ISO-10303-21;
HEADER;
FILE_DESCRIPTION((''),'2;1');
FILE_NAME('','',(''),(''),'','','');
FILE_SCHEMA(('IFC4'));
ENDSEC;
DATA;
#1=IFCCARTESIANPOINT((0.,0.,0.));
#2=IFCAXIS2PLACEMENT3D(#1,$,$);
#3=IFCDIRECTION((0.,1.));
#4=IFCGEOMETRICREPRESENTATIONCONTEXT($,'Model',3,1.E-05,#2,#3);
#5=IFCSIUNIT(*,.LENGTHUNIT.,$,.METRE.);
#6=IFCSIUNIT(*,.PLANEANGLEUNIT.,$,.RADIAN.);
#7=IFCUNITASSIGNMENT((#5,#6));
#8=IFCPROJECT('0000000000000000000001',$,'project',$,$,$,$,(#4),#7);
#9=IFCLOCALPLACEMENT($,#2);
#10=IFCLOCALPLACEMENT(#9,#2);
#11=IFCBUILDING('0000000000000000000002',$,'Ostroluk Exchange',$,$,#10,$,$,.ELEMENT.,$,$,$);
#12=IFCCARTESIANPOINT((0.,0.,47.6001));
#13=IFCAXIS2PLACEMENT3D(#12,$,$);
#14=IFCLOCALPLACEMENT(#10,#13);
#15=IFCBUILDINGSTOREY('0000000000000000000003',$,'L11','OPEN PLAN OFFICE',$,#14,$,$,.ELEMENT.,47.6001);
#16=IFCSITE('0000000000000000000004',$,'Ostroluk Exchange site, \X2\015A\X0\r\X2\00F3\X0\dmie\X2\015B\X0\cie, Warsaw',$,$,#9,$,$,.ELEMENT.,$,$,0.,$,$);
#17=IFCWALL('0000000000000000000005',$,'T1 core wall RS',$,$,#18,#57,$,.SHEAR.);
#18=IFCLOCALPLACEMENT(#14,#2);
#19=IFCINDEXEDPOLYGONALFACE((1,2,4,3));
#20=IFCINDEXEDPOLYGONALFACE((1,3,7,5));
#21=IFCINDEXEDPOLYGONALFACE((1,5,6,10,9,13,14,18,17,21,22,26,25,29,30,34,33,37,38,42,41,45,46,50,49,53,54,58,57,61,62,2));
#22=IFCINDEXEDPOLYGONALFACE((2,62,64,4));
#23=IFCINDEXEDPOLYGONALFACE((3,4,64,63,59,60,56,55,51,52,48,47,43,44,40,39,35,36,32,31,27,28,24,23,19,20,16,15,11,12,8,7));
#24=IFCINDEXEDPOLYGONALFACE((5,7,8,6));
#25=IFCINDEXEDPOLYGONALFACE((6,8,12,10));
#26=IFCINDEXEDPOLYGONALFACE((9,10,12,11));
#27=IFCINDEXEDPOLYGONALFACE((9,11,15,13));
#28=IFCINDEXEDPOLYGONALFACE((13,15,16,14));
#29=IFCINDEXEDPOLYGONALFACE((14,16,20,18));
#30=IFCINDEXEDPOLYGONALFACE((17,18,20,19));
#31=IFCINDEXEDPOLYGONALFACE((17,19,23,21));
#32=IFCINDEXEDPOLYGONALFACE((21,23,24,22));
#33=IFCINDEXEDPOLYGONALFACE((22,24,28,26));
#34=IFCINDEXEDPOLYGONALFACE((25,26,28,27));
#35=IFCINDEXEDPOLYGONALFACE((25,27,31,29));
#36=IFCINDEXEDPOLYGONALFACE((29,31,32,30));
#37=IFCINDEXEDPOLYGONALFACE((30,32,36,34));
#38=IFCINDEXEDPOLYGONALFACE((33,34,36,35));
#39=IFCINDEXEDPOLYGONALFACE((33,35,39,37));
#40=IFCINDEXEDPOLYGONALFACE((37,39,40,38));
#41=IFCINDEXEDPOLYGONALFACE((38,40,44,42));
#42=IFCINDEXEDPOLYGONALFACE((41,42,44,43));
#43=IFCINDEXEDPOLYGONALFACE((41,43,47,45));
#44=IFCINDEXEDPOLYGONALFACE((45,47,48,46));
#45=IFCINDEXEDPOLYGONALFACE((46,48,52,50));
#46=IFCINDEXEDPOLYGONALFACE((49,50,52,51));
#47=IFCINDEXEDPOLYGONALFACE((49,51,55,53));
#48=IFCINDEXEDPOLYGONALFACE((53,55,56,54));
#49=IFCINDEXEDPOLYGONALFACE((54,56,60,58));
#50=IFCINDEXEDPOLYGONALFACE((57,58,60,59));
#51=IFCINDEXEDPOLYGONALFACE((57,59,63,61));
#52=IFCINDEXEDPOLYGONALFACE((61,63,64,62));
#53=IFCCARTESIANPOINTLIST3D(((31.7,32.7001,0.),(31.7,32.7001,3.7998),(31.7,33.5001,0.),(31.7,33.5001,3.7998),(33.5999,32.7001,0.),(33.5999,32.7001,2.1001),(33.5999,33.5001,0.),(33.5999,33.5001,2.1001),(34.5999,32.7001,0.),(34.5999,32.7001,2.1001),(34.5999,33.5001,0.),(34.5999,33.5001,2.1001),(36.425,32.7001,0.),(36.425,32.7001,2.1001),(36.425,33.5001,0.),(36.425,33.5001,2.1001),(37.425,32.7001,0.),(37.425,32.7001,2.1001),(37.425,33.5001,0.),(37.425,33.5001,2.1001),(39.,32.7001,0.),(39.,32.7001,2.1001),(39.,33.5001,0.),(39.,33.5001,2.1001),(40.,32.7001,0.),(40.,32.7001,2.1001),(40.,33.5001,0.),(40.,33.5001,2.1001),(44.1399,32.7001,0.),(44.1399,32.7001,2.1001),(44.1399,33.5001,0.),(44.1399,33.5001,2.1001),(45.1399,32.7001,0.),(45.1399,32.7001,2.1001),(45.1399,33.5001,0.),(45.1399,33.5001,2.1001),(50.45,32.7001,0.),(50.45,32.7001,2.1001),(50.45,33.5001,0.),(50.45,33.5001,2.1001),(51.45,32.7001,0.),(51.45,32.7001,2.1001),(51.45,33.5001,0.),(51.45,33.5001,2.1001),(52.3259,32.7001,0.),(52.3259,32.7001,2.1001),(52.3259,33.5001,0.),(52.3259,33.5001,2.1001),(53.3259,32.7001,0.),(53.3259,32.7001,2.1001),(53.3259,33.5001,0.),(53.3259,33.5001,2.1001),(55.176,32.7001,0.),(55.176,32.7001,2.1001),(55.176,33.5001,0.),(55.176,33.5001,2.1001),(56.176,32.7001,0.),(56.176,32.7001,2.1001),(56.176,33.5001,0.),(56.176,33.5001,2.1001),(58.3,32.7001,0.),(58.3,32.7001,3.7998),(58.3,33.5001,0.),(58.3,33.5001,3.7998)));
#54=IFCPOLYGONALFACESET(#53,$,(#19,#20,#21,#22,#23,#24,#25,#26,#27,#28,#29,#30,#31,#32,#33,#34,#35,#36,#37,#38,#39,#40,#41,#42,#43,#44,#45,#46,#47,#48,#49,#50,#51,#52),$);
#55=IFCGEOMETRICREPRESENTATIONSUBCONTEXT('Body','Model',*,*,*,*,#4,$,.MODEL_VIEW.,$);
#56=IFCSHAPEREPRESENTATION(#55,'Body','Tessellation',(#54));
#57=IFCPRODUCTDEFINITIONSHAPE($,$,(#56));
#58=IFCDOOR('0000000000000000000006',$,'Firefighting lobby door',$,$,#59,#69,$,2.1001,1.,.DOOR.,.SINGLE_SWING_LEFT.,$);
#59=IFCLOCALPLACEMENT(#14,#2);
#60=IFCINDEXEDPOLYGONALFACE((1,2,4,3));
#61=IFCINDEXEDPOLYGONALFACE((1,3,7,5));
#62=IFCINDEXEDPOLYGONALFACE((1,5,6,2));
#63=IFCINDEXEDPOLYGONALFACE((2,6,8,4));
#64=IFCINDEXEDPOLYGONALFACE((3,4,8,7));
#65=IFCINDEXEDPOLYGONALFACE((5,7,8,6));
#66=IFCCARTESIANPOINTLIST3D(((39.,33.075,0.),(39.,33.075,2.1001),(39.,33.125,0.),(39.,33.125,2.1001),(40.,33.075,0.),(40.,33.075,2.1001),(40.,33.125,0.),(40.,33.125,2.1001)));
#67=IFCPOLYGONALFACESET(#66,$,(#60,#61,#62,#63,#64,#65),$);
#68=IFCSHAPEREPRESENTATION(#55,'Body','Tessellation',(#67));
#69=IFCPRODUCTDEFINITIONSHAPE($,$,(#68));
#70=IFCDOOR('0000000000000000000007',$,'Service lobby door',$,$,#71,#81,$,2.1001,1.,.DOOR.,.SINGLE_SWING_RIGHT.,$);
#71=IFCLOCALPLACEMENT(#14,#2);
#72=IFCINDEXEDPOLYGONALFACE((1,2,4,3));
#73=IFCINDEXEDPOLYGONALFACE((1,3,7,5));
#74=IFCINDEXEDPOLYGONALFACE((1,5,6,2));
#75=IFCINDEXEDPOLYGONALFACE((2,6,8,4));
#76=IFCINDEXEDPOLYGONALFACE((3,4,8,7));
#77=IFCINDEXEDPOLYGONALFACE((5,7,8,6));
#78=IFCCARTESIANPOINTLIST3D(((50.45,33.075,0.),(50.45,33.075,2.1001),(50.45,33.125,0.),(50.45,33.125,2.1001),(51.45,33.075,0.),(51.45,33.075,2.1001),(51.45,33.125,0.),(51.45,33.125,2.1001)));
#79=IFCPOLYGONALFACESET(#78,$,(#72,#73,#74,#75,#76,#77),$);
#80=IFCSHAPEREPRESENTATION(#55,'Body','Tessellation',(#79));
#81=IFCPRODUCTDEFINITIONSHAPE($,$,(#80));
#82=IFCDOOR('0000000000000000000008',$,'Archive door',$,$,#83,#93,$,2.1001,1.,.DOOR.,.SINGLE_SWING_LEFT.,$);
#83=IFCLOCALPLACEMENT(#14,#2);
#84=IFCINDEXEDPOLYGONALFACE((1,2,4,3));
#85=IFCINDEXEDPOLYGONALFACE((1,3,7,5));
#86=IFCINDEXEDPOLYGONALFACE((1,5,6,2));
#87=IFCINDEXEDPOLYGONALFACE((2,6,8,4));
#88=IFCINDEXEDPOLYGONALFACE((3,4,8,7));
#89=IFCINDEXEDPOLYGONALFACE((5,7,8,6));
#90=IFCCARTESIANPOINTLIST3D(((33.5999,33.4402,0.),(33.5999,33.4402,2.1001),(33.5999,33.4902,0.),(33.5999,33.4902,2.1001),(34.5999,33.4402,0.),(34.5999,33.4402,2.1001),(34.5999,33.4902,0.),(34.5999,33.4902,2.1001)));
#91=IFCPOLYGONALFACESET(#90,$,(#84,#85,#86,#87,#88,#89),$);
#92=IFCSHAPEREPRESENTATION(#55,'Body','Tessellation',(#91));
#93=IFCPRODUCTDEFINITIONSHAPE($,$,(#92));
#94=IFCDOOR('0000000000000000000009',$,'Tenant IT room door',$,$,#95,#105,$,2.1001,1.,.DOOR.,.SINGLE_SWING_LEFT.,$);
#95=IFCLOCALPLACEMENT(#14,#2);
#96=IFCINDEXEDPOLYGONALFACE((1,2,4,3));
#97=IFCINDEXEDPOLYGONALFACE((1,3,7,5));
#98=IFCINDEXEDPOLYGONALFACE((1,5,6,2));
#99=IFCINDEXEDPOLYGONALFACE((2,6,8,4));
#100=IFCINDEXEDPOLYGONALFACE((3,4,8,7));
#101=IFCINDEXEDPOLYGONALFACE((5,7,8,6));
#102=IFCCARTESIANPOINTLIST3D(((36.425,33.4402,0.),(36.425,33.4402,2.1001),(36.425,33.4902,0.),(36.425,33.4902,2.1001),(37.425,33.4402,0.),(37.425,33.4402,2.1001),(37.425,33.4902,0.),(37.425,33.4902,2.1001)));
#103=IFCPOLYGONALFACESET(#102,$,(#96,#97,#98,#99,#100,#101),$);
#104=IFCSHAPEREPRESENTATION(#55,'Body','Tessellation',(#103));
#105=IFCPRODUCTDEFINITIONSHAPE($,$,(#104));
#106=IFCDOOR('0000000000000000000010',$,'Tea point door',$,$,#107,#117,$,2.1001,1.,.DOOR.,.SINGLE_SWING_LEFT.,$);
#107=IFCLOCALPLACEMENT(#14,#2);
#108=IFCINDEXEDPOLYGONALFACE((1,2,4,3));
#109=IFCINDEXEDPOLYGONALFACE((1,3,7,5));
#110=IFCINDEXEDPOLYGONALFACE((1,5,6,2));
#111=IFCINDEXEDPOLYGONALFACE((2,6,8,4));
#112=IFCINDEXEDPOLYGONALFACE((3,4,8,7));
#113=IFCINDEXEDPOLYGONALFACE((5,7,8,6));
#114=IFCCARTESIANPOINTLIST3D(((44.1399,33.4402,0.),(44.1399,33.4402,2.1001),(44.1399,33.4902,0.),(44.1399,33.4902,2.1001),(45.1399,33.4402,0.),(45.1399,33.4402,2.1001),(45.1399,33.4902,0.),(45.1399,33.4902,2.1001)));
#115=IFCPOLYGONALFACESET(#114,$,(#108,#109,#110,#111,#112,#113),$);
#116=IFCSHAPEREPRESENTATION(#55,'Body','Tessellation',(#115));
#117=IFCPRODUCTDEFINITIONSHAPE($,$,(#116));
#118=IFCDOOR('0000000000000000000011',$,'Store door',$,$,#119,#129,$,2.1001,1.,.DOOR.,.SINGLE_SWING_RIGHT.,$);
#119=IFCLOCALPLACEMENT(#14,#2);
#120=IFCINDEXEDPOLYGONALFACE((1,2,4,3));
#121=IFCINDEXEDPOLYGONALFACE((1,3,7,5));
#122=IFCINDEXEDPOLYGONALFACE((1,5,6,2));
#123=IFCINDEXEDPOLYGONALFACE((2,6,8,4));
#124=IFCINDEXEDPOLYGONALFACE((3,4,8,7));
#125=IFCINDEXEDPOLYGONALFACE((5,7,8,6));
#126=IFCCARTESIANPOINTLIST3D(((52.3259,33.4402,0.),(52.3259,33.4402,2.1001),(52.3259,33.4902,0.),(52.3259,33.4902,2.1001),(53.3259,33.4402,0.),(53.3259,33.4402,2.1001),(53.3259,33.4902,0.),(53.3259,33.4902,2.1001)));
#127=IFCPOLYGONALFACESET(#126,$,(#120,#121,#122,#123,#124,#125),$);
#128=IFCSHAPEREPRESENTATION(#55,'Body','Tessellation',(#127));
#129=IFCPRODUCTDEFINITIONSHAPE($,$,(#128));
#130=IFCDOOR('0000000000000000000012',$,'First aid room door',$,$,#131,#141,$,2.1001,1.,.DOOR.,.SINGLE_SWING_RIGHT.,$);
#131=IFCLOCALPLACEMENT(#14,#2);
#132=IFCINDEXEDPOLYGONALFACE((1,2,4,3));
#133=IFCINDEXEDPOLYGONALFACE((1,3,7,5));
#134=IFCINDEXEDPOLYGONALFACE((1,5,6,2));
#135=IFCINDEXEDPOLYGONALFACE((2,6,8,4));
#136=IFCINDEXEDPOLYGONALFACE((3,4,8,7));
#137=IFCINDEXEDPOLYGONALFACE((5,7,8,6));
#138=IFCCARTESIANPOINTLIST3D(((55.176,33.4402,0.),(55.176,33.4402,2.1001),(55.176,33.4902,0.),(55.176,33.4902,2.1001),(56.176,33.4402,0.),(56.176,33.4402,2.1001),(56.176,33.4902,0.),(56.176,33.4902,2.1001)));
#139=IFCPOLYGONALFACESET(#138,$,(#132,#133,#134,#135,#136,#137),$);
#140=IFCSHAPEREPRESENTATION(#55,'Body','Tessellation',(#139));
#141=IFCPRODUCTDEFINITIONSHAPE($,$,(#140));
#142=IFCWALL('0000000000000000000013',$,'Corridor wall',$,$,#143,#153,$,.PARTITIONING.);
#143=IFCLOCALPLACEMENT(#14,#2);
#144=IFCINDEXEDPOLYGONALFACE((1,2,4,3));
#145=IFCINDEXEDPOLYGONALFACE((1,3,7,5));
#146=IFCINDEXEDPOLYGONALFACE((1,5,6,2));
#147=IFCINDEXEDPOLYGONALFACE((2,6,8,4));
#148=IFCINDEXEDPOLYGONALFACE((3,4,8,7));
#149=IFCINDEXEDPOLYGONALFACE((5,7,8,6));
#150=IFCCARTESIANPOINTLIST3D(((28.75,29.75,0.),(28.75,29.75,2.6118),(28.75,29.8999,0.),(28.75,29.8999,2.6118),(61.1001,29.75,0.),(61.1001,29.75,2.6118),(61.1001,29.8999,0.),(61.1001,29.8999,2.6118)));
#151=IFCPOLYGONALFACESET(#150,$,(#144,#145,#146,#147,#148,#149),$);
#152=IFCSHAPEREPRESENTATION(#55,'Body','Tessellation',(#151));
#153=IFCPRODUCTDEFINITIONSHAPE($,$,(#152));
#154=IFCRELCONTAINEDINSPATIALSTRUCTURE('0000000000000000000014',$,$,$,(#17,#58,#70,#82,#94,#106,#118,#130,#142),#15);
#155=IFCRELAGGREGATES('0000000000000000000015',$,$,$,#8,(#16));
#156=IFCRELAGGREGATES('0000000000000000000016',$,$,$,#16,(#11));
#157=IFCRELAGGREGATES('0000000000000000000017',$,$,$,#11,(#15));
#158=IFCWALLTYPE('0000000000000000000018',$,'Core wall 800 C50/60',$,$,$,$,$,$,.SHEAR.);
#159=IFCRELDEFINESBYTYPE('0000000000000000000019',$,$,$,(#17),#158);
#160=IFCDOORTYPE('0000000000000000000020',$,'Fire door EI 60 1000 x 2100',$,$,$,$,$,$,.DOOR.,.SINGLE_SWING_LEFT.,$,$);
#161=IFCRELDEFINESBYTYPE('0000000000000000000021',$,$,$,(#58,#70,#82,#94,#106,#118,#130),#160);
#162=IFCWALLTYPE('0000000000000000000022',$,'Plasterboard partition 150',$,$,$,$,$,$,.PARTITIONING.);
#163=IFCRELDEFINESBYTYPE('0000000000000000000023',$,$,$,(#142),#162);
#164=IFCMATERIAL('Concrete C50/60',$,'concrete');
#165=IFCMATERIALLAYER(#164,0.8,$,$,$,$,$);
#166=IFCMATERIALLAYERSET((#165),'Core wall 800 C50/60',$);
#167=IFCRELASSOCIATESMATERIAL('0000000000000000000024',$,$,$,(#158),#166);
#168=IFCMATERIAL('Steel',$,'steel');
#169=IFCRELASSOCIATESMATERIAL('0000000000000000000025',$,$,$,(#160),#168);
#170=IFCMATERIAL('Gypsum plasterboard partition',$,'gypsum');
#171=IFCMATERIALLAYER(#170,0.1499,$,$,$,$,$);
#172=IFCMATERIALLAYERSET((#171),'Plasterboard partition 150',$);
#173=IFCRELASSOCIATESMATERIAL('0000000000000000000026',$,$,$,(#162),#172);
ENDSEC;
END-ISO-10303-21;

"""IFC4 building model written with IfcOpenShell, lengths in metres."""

from ifc_helpers import new_model, si_unit, direction, frame, frame_2d, origin, place, context, subcontext, project, spatial, rectangle, extrude, material, layer, layer_set, type_object, element, fill, save


model = new_model("IFC4")

# Units and contexts
model_context = context("Model", 3, precision=1e-05, world=origin(), true_north=direction((0.0, 1.0)))
body_context = subcontext(model_context, "Body", "Model", "MODEL_VIEW")
ifc_project = project(units=[si_unit("LENGTHUNIT", "METRE"), si_unit("PLANEANGLEUNIT", "RADIAN")], contexts=[model_context])

# Site, building, storey
site_placement = place(None, origin())
site = spatial("IfcSite", under=ifc_project, at=site_placement, Name="Ostroluk Exchange site, Śródmieście, Warsaw", CompositionType="ELEMENT", RefElevation=0.0)
building_placement = place(site_placement, origin())
building = spatial("IfcBuilding", under=site, at=building_placement, Name="Ostroluk Exchange", CompositionType="ELEMENT")
storey_placement = place(building_placement, frame((0.0, 0.0, 47.6001)))
storey = spatial("IfcBuildingStorey", under=building, at=storey_placement, Name="L11", Description="OPEN PLAN OFFICE", CompositionType="ELEMENT", Elevation=47.6001)

# Wall, openings, doors
ifc_material_1 = material(Name="Concrete C50/60", Category="concrete")
ifc_layer_1 = layer(ifc_material_1, 0.8)
ifc_layer_set_1 = layer_set([ifc_layer_1], Name="Core wall 800 C50/60")
wall_type_1 = type_object("IfcWallType", Name="Core wall 800 C50/60", PredefinedType="SHEAR", material=ifc_layer_set_1)
wall_1_placement = place(storey_placement, frame((31.7, 33.1001, 0.0), z_axis=(0.0, 0.0, 1.0), x_axis=(1.0, 0.0, 0.0)))
wall_1 = element("IfcWall", 1, at=wall_1_placement, inside=storey, type_object=wall_type_1, Name="T1 core wall RS", PredefinedType="SHEAR", context=body_context, shape_type="SweptSolid", body=[
    extrude(rectangle(XDim=26.6001, YDim=0.8, at=frame_2d((13.3, 0.0))), origin(), (0.0, 0.0, 1.0), 3.7998),
])
opening_1_placement = place(wall_1_placement, frame((7.3, 0.0, 0.0)))
opening_1 = element("IfcOpeningElement", 2, at=opening_1_placement, cuts=wall_1, PredefinedType="OPENING", context=body_context, shape_type="SweptSolid", body=[
    extrude(rectangle(XDim=1.0, YDim=2.1001, at=frame_2d((0.5, 1.05))), frame((0.0, 0.4099, 0.0), z_axis=(0.0, -1.0, 0.0), x_axis=(1.0, 0.0, 0.0)), (0.0, 0.0, 1.0), 0.8201),
])
opening_2_placement = place(wall_1_placement, frame((18.75, 0.0, 0.0)))
opening_2 = element("IfcOpeningElement", 3, at=opening_2_placement, cuts=wall_1, PredefinedType="OPENING", context=body_context, shape_type="SweptSolid", body=[
    extrude(rectangle(XDim=1.0, YDim=2.1001, at=frame_2d((0.5, 1.05))), frame((0.0, 0.4099, 0.0), z_axis=(0.0, -1.0, 0.0), x_axis=(1.0, 0.0, 0.0)), (0.0, 0.0, 1.0), 0.8201),
])
opening_3_placement = place(wall_1_placement, frame((1.8999, 0.0, 0.0)))
opening_3 = element("IfcOpeningElement", 4, at=opening_3_placement, cuts=wall_1, PredefinedType="OPENING", context=body_context, shape_type="SweptSolid", body=[
    extrude(rectangle(XDim=1.0, YDim=2.1001, at=frame_2d((0.5, 1.05))), frame((0.0, 0.4099, 0.0), z_axis=(0.0, -1.0, 0.0), x_axis=(1.0, 0.0, 0.0)), (0.0, 0.0, 1.0), 0.8201),
])
opening_4_placement = place(wall_1_placement, frame((4.7251, 0.0, 0.0)))
opening_4 = element("IfcOpeningElement", 5, at=opening_4_placement, cuts=wall_1, PredefinedType="OPENING", context=body_context, shape_type="SweptSolid", body=[
    extrude(rectangle(XDim=1.0, YDim=2.1001, at=frame_2d((0.5, 1.05))), frame((0.0, 0.4099, 0.0), z_axis=(0.0, -1.0, 0.0), x_axis=(1.0, 0.0, 0.0)), (0.0, 0.0, 1.0), 0.8201),
])
opening_5_placement = place(wall_1_placement, frame((12.4399, 0.0, 0.0)))
opening_5 = element("IfcOpeningElement", 6, at=opening_5_placement, cuts=wall_1, PredefinedType="OPENING", context=body_context, shape_type="SweptSolid", body=[
    extrude(rectangle(XDim=1.0, YDim=2.1001, at=frame_2d((0.5, 1.05))), frame((0.0, 0.4099, 0.0), z_axis=(0.0, -1.0, 0.0), x_axis=(1.0, 0.0, 0.0)), (0.0, 0.0, 1.0), 0.8201),
])
opening_6_placement = place(wall_1_placement, frame((20.626, 0.0, 0.0)))
opening_6 = element("IfcOpeningElement", 7, at=opening_6_placement, cuts=wall_1, PredefinedType="OPENING", context=body_context, shape_type="SweptSolid", body=[
    extrude(rectangle(XDim=1.0, YDim=2.1001, at=frame_2d((0.5, 1.05))), frame((0.0, 0.4099, 0.0), z_axis=(0.0, -1.0, 0.0), x_axis=(1.0, 0.0, 0.0)), (0.0, 0.0, 1.0), 0.8201),
])
opening_7_placement = place(wall_1_placement, frame((23.4761, 0.0, 0.0)))
opening_7 = element("IfcOpeningElement", 8, at=opening_7_placement, cuts=wall_1, PredefinedType="OPENING", context=body_context, shape_type="SweptSolid", body=[
    extrude(rectangle(XDim=1.0, YDim=2.1001, at=frame_2d((0.5, 1.05))), frame((0.0, 0.4099, 0.0), z_axis=(0.0, -1.0, 0.0), x_axis=(1.0, 0.0, 0.0)), (0.0, 0.0, 1.0), 0.8201),
])
ifc_material_2 = material(Name="Steel", Category="steel")
door_type_1 = type_object("IfcDoorType", Name="Fire door EI 60 1000 x 2100", OperationType="SINGLE_SWING_LEFT", PredefinedType="DOOR", material=ifc_material_2)
door_1_placement = place(opening_1_placement, origin())
door_1 = element("IfcDoor", 9, at=door_1_placement, inside=storey, type_object=door_type_1, Name="Firefighting lobby door", OperationType="SINGLE_SWING_LEFT", OverallHeight=2.1001, OverallWidth=1.0, PredefinedType="DOOR", context=body_context, shape_type="SweptSolid", body=[
    extrude(rectangle(XDim=1.0, YDim=2.1001, at=frame_2d((0.5, 1.05))), frame((0.0, 0.0249, 0.0), z_axis=(0.0, -1.0, 0.0), x_axis=(1.0, 0.0, 0.0)), (0.0, 0.0, 1.0), 0.05),
])
fill(opening_1, door_1)
door_2_placement = place(opening_2_placement, origin())
door_2 = element("IfcDoor", 10, at=door_2_placement, inside=storey, type_object=door_type_1, Name="Service lobby door", OperationType="SINGLE_SWING_RIGHT", OverallHeight=2.1001, OverallWidth=1.0, PredefinedType="DOOR", context=body_context, shape_type="SweptSolid", body=[
    extrude(rectangle(XDim=1.0, YDim=2.1001, at=frame_2d((0.5, 1.05))), frame((0.0, 0.0249, 0.0), z_axis=(0.0, -1.0, 0.0), x_axis=(1.0, 0.0, 0.0)), (0.0, 0.0, 1.0), 0.05),
])
fill(opening_2, door_2)
door_3_placement = place(opening_3_placement, origin())
door_3 = element("IfcDoor", 11, at=door_3_placement, inside=storey, type_object=door_type_1, Name="Archive door", OperationType="SINGLE_SWING_LEFT", OverallHeight=2.1001, OverallWidth=1.0, PredefinedType="DOOR", context=body_context, shape_type="SweptSolid", body=[
    extrude(rectangle(XDim=1.0, YDim=2.1001, at=frame_2d((0.5, 1.05))), frame((0.0, 0.3901, 0.0), z_axis=(0.0, -1.0, 0.0), x_axis=(1.0, 0.0, 0.0)), (0.0, 0.0, 1.0), 0.05),
])
fill(opening_3, door_3)
door_4_placement = place(opening_4_placement, origin())
door_4 = element("IfcDoor", 12, at=door_4_placement, inside=storey, type_object=door_type_1, Name="Tenant IT room door", OperationType="SINGLE_SWING_LEFT", OverallHeight=2.1001, OverallWidth=1.0, PredefinedType="DOOR", context=body_context, shape_type="SweptSolid", body=[
    extrude(rectangle(XDim=1.0, YDim=2.1001, at=frame_2d((0.5, 1.05))), frame((0.0, 0.3901, 0.0), z_axis=(0.0, -1.0, 0.0), x_axis=(1.0, 0.0, 0.0)), (0.0, 0.0, 1.0), 0.05),
])
fill(opening_4, door_4)
door_5_placement = place(opening_5_placement, origin())
door_5 = element("IfcDoor", 13, at=door_5_placement, inside=storey, type_object=door_type_1, Name="Tea point door", OperationType="SINGLE_SWING_LEFT", OverallHeight=2.1001, OverallWidth=1.0, PredefinedType="DOOR", context=body_context, shape_type="SweptSolid", body=[
    extrude(rectangle(XDim=1.0, YDim=2.1001, at=frame_2d((0.5, 1.05))), frame((0.0, 0.3901, 0.0), z_axis=(0.0, -1.0, 0.0), x_axis=(1.0, 0.0, 0.0)), (0.0, 0.0, 1.0), 0.05),
])
fill(opening_5, door_5)
door_6_placement = place(opening_6_placement, origin())
door_6 = element("IfcDoor", 14, at=door_6_placement, inside=storey, type_object=door_type_1, Name="Store door", OperationType="SINGLE_SWING_RIGHT", OverallHeight=2.1001, OverallWidth=1.0, PredefinedType="DOOR", context=body_context, shape_type="SweptSolid", body=[
    extrude(rectangle(XDim=1.0, YDim=2.1001, at=frame_2d((0.5, 1.05))), frame((0.0, 0.3901, 0.0), z_axis=(0.0, -1.0, 0.0), x_axis=(1.0, 0.0, 0.0)), (0.0, 0.0, 1.0), 0.05),
])
fill(opening_6, door_6)
door_7_placement = place(opening_7_placement, origin())
door_7 = element("IfcDoor", 15, at=door_7_placement, inside=storey, type_object=door_type_1, Name="First aid room door", OperationType="SINGLE_SWING_RIGHT", OverallHeight=2.1001, OverallWidth=1.0, PredefinedType="DOOR", context=body_context, shape_type="SweptSolid", body=[
    extrude(rectangle(XDim=1.0, YDim=2.1001, at=frame_2d((0.5, 1.05))), frame((0.0, 0.3901, 0.0), z_axis=(0.0, -1.0, 0.0), x_axis=(1.0, 0.0, 0.0)), (0.0, 0.0, 1.0), 0.05),
])
fill(opening_7, door_7)

# Wall
ifc_material_3 = material(Name="Gypsum plasterboard partition", Category="gypsum")
ifc_layer_2 = layer(ifc_material_3, 0.1499)
ifc_layer_set_2 = layer_set([ifc_layer_2], Name="Plasterboard partition 150")
wall_type_2 = type_object("IfcWallType", Name="Plasterboard partition 150", PredefinedType="PARTITIONING", material=ifc_layer_set_2)
wall_2_placement = place(storey_placement, frame((28.75, 29.825, 0.0), z_axis=(0.0, 0.0, 1.0), x_axis=(1.0, 0.0, 0.0)))
element("IfcWall", 16, at=wall_2_placement, inside=storey, type_object=wall_type_2, Name="Corridor wall", PredefinedType="PARTITIONING", context=body_context, shape_type="SweptSolid", body=[
    extrude(rectangle(XDim=32.3501, YDim=0.1499, at=frame_2d((16.175, 0.0))), origin(), (0.0, 0.0, 1.0), 2.6118),
])

save(model, "model.ifc")
